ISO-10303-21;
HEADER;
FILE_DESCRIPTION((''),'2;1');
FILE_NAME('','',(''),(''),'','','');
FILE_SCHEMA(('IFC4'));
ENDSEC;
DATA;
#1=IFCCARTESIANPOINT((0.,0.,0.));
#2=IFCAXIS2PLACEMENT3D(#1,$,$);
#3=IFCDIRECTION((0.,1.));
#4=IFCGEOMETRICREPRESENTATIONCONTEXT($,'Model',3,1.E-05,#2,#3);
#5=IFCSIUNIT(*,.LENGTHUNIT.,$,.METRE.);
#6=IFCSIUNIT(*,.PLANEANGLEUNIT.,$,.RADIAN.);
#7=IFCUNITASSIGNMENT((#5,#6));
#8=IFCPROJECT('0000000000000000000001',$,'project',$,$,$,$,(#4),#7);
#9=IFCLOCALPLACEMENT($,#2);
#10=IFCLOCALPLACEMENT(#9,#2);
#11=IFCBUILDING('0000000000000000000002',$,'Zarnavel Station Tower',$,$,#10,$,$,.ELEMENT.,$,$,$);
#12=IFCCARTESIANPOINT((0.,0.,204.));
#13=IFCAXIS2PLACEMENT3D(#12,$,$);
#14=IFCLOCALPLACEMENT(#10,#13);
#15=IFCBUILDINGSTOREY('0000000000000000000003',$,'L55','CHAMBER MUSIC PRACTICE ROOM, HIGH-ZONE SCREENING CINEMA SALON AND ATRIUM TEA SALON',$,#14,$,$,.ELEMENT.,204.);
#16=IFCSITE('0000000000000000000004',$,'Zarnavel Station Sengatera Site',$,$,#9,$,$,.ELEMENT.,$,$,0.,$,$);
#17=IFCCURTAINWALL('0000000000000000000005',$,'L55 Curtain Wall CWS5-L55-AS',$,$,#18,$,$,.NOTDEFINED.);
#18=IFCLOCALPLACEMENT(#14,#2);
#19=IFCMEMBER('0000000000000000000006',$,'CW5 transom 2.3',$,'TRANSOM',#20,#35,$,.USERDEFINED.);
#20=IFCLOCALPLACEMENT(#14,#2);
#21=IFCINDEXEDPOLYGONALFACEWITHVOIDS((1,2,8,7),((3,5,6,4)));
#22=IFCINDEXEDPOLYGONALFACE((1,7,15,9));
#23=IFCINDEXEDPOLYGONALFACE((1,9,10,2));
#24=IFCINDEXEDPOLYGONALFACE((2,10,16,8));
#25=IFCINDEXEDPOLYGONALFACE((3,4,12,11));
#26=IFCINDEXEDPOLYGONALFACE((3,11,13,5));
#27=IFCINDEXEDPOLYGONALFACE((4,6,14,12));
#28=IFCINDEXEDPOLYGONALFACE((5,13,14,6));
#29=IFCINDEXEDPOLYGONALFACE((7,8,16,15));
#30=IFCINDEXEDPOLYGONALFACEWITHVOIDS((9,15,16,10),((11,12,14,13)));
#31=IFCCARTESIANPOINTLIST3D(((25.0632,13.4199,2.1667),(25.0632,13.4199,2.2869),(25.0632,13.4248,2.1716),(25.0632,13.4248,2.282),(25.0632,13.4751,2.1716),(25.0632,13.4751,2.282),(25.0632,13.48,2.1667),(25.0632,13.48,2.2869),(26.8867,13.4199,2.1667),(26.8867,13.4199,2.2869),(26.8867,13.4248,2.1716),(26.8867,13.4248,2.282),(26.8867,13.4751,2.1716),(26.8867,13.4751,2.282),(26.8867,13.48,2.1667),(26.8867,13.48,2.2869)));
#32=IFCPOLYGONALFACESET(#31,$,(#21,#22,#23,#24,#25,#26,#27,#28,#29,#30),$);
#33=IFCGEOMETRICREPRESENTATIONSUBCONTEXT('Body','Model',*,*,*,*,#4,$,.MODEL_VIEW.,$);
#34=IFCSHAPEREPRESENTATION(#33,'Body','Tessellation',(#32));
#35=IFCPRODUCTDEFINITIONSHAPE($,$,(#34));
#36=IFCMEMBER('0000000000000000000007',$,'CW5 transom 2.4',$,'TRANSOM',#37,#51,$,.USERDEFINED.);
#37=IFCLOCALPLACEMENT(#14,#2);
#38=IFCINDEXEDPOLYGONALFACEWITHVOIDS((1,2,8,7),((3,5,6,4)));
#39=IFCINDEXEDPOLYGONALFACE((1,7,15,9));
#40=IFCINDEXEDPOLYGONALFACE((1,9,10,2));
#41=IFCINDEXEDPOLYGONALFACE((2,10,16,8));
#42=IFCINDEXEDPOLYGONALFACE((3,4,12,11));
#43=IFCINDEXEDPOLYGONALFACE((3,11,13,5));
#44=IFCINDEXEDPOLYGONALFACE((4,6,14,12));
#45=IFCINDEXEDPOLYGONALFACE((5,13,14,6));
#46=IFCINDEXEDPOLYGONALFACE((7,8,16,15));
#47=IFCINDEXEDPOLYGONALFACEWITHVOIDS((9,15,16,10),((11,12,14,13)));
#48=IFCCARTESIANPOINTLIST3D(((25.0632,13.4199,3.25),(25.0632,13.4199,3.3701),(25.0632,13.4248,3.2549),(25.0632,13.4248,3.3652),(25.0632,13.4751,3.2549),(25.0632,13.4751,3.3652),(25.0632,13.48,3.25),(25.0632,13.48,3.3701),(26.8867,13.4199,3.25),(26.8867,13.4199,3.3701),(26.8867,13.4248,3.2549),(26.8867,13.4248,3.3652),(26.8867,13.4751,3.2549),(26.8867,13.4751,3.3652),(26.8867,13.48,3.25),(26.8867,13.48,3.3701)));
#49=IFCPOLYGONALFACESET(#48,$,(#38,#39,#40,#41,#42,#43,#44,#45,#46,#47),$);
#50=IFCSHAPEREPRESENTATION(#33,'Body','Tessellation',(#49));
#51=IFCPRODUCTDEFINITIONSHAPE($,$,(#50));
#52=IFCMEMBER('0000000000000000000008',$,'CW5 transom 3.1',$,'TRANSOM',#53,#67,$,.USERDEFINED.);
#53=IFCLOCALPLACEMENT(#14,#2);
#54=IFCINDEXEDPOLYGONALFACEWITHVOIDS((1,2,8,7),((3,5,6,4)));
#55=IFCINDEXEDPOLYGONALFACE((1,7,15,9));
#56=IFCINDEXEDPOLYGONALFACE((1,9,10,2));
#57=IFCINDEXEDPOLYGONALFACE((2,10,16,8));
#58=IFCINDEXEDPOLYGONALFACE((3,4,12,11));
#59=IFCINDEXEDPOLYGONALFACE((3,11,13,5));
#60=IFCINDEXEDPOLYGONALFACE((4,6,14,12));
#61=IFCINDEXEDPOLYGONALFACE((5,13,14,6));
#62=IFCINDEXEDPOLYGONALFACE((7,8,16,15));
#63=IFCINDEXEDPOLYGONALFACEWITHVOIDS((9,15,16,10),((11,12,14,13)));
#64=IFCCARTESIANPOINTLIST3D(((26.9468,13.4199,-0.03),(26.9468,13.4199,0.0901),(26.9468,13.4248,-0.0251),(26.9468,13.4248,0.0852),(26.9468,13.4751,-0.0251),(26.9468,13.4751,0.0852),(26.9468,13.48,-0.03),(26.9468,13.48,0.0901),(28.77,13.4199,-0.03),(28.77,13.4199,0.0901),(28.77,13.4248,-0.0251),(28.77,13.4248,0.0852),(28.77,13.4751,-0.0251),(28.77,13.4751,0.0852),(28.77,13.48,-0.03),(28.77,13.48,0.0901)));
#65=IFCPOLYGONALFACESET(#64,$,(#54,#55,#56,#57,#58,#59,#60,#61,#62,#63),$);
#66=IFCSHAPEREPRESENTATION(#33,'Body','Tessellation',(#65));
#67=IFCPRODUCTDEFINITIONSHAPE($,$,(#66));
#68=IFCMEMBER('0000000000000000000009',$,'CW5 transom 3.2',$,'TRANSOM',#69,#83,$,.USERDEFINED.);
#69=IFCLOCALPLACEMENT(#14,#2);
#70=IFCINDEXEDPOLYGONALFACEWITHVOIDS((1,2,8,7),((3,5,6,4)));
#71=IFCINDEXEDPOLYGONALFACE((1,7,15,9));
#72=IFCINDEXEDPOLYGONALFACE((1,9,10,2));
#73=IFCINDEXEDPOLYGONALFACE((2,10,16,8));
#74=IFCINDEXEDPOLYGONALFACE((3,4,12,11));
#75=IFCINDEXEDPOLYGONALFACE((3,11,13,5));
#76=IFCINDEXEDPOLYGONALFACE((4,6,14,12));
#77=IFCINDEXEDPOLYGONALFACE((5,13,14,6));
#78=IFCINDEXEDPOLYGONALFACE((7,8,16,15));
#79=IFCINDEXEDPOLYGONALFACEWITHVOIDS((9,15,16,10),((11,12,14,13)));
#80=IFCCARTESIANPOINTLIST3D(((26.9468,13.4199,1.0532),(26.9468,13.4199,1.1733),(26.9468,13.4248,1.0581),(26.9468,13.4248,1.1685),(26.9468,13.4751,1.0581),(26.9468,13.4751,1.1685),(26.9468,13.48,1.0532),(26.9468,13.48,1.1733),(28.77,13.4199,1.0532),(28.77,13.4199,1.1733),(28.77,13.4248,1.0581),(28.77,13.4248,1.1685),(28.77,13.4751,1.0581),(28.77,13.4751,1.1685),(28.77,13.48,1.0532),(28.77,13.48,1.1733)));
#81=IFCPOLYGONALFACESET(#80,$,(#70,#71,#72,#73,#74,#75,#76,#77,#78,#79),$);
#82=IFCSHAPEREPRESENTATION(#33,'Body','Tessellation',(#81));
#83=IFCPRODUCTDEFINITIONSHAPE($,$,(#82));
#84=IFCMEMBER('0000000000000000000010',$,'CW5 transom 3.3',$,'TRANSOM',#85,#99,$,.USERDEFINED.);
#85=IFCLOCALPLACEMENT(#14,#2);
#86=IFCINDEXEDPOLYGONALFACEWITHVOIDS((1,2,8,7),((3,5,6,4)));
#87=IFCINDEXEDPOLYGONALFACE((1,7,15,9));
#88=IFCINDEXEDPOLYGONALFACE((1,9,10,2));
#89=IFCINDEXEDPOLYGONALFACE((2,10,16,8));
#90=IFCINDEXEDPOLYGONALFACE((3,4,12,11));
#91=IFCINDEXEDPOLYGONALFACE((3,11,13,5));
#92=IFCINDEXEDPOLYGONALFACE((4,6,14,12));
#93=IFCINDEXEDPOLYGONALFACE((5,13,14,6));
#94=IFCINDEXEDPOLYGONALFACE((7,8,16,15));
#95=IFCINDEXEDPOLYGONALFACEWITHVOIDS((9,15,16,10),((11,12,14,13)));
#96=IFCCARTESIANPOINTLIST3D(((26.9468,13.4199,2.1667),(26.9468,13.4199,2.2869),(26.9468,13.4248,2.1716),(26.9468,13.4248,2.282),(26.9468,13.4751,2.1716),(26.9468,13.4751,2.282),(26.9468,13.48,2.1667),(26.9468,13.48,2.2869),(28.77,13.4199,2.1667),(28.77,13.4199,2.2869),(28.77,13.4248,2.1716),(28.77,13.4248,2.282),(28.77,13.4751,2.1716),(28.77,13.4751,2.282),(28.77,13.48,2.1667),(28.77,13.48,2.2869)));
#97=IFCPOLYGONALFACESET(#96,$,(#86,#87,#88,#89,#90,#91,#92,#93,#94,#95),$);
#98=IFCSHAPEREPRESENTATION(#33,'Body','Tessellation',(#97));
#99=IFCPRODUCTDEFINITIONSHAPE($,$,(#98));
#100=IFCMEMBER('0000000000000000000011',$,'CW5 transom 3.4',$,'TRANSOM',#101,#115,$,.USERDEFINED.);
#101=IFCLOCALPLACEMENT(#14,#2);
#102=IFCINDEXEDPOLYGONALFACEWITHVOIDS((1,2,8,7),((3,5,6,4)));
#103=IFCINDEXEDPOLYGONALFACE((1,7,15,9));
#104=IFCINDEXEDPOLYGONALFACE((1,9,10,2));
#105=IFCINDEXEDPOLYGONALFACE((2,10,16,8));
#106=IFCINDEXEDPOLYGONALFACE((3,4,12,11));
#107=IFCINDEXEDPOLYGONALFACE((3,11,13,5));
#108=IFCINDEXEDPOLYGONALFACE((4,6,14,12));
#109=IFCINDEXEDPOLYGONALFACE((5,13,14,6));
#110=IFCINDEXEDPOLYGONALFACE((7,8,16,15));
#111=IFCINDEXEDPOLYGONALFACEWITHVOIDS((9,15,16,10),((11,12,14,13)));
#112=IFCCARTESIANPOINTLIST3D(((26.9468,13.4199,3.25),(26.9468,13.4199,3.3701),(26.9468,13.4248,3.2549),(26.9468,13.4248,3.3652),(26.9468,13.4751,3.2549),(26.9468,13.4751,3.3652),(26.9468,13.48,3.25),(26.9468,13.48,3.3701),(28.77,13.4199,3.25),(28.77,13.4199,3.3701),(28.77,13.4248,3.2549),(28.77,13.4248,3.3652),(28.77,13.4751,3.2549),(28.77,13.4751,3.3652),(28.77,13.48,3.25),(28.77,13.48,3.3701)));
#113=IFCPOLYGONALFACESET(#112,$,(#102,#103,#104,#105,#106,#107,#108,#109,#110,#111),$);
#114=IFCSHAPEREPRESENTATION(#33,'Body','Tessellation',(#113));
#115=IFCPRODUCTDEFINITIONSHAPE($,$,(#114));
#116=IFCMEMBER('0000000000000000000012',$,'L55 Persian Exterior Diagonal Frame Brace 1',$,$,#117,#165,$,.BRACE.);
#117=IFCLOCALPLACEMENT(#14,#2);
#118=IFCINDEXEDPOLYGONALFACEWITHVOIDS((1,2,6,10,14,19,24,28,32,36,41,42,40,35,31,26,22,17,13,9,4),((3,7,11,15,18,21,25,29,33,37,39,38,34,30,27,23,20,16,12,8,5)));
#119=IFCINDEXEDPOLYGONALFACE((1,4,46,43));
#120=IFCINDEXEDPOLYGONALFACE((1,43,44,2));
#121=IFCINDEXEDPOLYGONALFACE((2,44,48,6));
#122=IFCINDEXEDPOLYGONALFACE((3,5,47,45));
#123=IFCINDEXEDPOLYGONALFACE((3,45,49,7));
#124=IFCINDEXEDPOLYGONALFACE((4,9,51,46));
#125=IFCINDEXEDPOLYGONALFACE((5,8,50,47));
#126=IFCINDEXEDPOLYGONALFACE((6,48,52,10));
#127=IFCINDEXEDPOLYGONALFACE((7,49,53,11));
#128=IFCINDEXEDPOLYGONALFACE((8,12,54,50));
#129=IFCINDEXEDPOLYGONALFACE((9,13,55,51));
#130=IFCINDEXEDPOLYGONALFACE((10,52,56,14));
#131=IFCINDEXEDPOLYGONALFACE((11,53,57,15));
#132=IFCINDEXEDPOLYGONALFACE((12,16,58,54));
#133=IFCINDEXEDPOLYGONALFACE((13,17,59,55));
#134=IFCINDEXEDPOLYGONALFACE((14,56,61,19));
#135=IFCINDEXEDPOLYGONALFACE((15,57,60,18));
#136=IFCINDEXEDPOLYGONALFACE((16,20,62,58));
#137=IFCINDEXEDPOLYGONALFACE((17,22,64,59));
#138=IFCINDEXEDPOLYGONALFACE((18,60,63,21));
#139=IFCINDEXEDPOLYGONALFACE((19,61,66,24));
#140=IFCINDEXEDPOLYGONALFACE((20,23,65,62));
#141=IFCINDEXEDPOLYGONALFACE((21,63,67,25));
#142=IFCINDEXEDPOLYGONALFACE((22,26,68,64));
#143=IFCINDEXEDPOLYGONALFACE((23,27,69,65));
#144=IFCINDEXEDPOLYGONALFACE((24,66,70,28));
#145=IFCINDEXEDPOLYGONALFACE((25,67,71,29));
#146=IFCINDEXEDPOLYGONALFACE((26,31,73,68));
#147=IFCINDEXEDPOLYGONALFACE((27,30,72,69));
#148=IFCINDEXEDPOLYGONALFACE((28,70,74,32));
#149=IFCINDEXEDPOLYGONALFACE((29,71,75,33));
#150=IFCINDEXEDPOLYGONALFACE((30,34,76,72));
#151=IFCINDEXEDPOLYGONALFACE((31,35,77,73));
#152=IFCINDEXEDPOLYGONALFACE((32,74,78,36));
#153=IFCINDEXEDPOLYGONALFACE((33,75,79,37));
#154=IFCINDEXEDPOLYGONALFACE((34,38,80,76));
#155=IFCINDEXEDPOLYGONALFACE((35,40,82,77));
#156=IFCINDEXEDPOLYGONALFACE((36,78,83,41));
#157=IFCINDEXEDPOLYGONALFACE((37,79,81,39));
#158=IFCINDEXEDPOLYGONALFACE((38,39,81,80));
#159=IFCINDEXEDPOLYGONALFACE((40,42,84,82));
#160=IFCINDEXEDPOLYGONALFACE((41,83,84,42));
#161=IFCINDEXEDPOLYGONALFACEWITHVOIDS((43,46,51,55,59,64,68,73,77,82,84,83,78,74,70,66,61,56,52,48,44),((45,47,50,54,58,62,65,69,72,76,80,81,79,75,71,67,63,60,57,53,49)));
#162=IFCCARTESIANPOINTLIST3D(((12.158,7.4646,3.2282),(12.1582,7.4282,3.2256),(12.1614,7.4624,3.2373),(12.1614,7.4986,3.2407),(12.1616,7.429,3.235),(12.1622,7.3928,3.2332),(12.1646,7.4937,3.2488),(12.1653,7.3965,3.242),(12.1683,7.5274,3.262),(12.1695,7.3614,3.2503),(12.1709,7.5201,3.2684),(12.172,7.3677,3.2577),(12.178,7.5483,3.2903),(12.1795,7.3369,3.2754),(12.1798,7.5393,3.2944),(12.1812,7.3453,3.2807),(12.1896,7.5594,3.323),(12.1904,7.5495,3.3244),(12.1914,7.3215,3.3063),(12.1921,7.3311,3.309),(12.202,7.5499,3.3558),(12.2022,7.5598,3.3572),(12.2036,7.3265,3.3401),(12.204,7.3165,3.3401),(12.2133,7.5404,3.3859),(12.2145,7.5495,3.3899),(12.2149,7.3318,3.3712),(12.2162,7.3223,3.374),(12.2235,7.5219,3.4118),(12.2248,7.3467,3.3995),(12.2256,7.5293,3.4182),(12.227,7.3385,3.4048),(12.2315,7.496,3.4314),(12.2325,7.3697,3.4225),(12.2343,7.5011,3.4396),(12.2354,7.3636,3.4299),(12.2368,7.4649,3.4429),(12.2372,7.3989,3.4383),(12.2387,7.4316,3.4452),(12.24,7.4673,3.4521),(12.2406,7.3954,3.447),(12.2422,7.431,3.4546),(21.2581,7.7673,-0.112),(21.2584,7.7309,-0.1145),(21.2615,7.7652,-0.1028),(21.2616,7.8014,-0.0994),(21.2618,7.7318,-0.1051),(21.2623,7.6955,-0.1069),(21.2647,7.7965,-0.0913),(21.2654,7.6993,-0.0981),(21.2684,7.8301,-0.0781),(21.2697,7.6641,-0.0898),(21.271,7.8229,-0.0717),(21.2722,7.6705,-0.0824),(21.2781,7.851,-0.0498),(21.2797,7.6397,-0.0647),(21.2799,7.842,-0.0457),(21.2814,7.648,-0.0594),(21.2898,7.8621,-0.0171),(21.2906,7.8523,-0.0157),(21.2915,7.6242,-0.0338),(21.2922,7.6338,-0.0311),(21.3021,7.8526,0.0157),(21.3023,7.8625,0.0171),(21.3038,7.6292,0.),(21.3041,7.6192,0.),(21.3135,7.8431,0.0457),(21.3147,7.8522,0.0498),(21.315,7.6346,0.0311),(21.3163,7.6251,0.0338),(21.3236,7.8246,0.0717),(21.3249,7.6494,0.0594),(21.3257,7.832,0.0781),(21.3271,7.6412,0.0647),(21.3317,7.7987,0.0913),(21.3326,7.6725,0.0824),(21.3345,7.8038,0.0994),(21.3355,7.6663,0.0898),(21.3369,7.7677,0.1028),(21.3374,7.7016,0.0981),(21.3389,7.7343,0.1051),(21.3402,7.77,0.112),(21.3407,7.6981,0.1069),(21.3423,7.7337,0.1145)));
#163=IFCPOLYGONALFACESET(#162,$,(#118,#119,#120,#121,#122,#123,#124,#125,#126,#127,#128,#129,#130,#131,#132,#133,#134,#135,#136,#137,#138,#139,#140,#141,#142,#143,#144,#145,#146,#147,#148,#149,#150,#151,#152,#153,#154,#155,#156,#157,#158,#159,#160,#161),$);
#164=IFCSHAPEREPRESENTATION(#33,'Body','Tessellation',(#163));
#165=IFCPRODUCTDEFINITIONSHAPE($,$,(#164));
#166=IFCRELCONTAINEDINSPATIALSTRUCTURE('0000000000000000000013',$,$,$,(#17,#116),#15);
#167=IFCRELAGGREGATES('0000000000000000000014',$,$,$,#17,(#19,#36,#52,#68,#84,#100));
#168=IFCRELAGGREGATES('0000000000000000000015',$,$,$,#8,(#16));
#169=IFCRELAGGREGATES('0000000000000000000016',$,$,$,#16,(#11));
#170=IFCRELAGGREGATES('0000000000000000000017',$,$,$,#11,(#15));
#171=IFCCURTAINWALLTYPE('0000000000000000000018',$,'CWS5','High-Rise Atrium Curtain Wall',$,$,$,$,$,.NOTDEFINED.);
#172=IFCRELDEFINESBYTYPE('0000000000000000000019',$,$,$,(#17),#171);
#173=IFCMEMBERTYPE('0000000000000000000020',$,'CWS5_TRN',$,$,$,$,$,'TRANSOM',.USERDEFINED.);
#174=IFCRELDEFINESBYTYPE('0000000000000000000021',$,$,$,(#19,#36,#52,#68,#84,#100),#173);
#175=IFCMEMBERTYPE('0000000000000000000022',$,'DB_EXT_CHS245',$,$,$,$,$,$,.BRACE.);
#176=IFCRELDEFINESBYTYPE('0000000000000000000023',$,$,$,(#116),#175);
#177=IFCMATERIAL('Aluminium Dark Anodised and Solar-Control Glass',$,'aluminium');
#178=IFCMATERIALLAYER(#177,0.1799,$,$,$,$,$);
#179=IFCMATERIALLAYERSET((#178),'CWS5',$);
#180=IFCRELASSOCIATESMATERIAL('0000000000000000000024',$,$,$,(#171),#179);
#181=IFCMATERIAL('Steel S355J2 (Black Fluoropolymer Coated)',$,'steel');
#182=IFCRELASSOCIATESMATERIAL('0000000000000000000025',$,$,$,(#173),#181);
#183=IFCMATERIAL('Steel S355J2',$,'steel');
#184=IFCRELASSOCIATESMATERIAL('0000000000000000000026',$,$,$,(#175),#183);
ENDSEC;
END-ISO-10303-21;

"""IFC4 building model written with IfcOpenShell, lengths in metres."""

from ifc_helpers import new_model, si_unit, direction, frame, origin, origin_2d, place, context, subcontext, project, spatial, hollow_rectangle, hollow_circle, extrude, material, layer, layer_set, material_profile, profile_set, type_object, element, aggregate, save


model = new_model("IFC4")

# Units and contexts
model_context = context("Model", 3, precision=1e-05, world=origin(), true_north=direction((0.0, 1.0)))
body_context = subcontext(model_context, "Body", "Model", "MODEL_VIEW")
ifc_project = project(units=[si_unit("LENGTHUNIT", "METRE"), si_unit("PLANEANGLEUNIT", "RADIAN")], contexts=[model_context])

# Site, building, storey
site_placement = place(None, origin())
site = spatial("IfcSite", under=ifc_project, at=site_placement, Name="Zarnavel Station Sengatera Site", CompositionType="ELEMENT", RefElevation=0.0)
building_placement = place(site_placement, origin())
building = spatial("IfcBuilding", under=site, at=building_placement, Name="Zarnavel Station Tower", CompositionType="ELEMENT")
storey_placement = place(building_placement, frame((0.0, 0.0, 204.0)))
storey = spatial("IfcBuildingStorey", under=building, at=storey_placement, Name="L55", Description="CHAMBER MUSIC PRACTICE ROOM, HIGH-ZONE SCREENING CINEMA SALON AND ATRIUM TEA SALON", CompositionType="ELEMENT", Elevation=204.0)

# Curtain wall, members
ifc_material_1 = material(Name="Aluminium Dark Anodised and Solar-Control Glass", Category="aluminium")
ifc_layer_1 = layer(ifc_material_1, 0.1799)
ifc_layer_set_1 = layer_set([ifc_layer_1], Name="CWS5")
curtain_wall_type = type_object("IfcCurtainWallType", Name="CWS5", Description="High-Rise Atrium Curtain Wall", PredefinedType="NOTDEFINED", material=ifc_layer_set_1)
curtain_wall_placement = place(storey_placement, origin())
curtain_wall = element("IfcCurtainWall", 1, at=curtain_wall_placement, inside=storey, type_object=curtain_wall_type, Name="L55 Curtain Wall CWS5-L55-AS", PredefinedType="NOTDEFINED")
ifc_material_2 = material(Name="Steel S355J2 (Black Fluoropolymer Coated)", Category="steel")
ifc_material_profile_1 = material_profile(ifc_material_2, hollow_rectangle(XDim=0.0601, YDim=0.1201, WallThickness=0.0049, at=origin_2d()), Name="RHS120x60x5")
ifc_profile_set_1 = profile_set([ifc_material_profile_1], Name="Steel S355J2 (Black Fluoropolymer Coated)")
member_type_1 = type_object("IfcMemberType", Name="CWS5_TRN", ElementType="TRANSOM", PredefinedType="USERDEFINED", material=ifc_profile_set_1)
member_1_placement = place(storey_placement, frame((25.0632, 13.45, 2.2268), z_axis=(1.0, 0.0, 0.0), x_axis=(0.0, 1.0, 0.0)))
member_1 = element("IfcMember", 2, at=member_1_placement, type_object=member_type_1, Name="CW5 transom 2.3", ObjectType="TRANSOM", PredefinedType="USERDEFINED", context=body_context, shape_type="SweptSolid", body=[
    extrude(hollow_rectangle(XDim=0.0601, YDim=0.1201, WallThickness=0.0049, at=origin_2d()), origin(), (0.0, 0.0, 1.0), 1.8235),
])
member_2_placement = place(storey_placement, frame((25.0632, 13.45, 3.3101), z_axis=(1.0, 0.0, 0.0), x_axis=(0.0, 1.0, 0.0)))
member_2 = element("IfcMember", 3, at=member_2_placement, type_object=member_type_1, Name="CW5 transom 2.4", ObjectType="TRANSOM", PredefinedType="USERDEFINED", context=body_context, shape_type="SweptSolid", body=[
    extrude(hollow_rectangle(XDim=0.0601, YDim=0.1201, WallThickness=0.0049, at=origin_2d()), origin(), (0.0, 0.0, 1.0), 1.8235),
])
member_3_placement = place(storey_placement, frame((26.9468, 13.45, 0.03), z_axis=(1.0, 0.0, 0.0), x_axis=(0.0, 1.0, 0.0)))
member_3 = element("IfcMember", 4, at=member_3_placement, type_object=member_type_1, Name="CW5 transom 3.1", ObjectType="TRANSOM", PredefinedType="USERDEFINED", context=body_context, shape_type="SweptSolid", body=[
    extrude(hollow_rectangle(XDim=0.0601, YDim=0.1201, WallThickness=0.0049, at=origin_2d()), origin(), (0.0, 0.0, 1.0), 1.8232),
])
member_4_placement = place(storey_placement, frame((26.9468, 13.45, 1.1133), z_axis=(1.0, 0.0, 0.0), x_axis=(0.0, 1.0, 0.0)))
member_4 = element("IfcMember", 5, at=member_4_placement, type_object=member_type_1, Name="CW5 transom 3.2", ObjectType="TRANSOM", PredefinedType="USERDEFINED", context=body_context, shape_type="SweptSolid", body=[
    extrude(hollow_rectangle(XDim=0.0601, YDim=0.1201, WallThickness=0.0049, at=origin_2d()), origin(), (0.0, 0.0, 1.0), 1.8232),
])
member_5_placement = place(storey_placement, frame((26.9468, 13.45, 2.2268), z_axis=(1.0, 0.0, 0.0), x_axis=(0.0, 1.0, 0.0)))
member_5 = element("IfcMember", 6, at=member_5_placement, type_object=member_type_1, Name="CW5 transom 3.3", ObjectType="TRANSOM", PredefinedType="USERDEFINED", context=body_context, shape_type="SweptSolid", body=[
    extrude(hollow_rectangle(XDim=0.0601, YDim=0.1201, WallThickness=0.0049, at=origin_2d()), origin(), (0.0, 0.0, 1.0), 1.8232),
])
member_6_placement = place(storey_placement, frame((26.9468, 13.45, 3.3101), z_axis=(1.0, 0.0, 0.0), x_axis=(0.0, 1.0, 0.0)))
member_6 = element("IfcMember", 7, at=member_6_placement, type_object=member_type_1, Name="CW5 transom 3.4", ObjectType="TRANSOM", PredefinedType="USERDEFINED", context=body_context, shape_type="SweptSolid", body=[
    extrude(hollow_rectangle(XDim=0.0601, YDim=0.1201, WallThickness=0.0049, at=origin_2d()), origin(), (0.0, 0.0, 1.0), 1.8232),
])

# Member
ifc_material_3 = material(Name="Steel S355J2", Category="steel")
ifc_material_profile_2 = material_profile(ifc_material_3, hollow_circle(Radius=0.1223, WallThickness=0.01, at=origin_2d()), Name="CHS244.5x10")
ifc_profile_set_2 = profile_set([ifc_material_profile_2], Name="Steel S355J2")
member_type_2 = type_object("IfcMemberType", Name="DB_EXT_CHS245", PredefinedType="BRACE", material=ifc_profile_set_2)
member_7_placement = place(storey_placement, frame((21.3, 7.7415, 0.0), z_axis=(-0.938306, -0.031215, 0.344395), x_axis=(0.033249, -0.999447, 0.0)))
element("IfcMember", 8, at=member_7_placement, inside=storey, type_object=member_type_2, Name="L55 Persian Exterior Diagonal Frame Brace 1", PredefinedType="BRACE", context=body_context, shape_type="SweptSolid", body=[
    extrude(hollow_circle(Radius=0.1223, WallThickness=0.01, at=origin_2d()), origin(), (0.0, 0.0, 1.0), 9.6985),
])

aggregate(curtain_wall, [member_1, member_2, member_3, member_4, member_5, member_6])

save(model, "model.ifc")
